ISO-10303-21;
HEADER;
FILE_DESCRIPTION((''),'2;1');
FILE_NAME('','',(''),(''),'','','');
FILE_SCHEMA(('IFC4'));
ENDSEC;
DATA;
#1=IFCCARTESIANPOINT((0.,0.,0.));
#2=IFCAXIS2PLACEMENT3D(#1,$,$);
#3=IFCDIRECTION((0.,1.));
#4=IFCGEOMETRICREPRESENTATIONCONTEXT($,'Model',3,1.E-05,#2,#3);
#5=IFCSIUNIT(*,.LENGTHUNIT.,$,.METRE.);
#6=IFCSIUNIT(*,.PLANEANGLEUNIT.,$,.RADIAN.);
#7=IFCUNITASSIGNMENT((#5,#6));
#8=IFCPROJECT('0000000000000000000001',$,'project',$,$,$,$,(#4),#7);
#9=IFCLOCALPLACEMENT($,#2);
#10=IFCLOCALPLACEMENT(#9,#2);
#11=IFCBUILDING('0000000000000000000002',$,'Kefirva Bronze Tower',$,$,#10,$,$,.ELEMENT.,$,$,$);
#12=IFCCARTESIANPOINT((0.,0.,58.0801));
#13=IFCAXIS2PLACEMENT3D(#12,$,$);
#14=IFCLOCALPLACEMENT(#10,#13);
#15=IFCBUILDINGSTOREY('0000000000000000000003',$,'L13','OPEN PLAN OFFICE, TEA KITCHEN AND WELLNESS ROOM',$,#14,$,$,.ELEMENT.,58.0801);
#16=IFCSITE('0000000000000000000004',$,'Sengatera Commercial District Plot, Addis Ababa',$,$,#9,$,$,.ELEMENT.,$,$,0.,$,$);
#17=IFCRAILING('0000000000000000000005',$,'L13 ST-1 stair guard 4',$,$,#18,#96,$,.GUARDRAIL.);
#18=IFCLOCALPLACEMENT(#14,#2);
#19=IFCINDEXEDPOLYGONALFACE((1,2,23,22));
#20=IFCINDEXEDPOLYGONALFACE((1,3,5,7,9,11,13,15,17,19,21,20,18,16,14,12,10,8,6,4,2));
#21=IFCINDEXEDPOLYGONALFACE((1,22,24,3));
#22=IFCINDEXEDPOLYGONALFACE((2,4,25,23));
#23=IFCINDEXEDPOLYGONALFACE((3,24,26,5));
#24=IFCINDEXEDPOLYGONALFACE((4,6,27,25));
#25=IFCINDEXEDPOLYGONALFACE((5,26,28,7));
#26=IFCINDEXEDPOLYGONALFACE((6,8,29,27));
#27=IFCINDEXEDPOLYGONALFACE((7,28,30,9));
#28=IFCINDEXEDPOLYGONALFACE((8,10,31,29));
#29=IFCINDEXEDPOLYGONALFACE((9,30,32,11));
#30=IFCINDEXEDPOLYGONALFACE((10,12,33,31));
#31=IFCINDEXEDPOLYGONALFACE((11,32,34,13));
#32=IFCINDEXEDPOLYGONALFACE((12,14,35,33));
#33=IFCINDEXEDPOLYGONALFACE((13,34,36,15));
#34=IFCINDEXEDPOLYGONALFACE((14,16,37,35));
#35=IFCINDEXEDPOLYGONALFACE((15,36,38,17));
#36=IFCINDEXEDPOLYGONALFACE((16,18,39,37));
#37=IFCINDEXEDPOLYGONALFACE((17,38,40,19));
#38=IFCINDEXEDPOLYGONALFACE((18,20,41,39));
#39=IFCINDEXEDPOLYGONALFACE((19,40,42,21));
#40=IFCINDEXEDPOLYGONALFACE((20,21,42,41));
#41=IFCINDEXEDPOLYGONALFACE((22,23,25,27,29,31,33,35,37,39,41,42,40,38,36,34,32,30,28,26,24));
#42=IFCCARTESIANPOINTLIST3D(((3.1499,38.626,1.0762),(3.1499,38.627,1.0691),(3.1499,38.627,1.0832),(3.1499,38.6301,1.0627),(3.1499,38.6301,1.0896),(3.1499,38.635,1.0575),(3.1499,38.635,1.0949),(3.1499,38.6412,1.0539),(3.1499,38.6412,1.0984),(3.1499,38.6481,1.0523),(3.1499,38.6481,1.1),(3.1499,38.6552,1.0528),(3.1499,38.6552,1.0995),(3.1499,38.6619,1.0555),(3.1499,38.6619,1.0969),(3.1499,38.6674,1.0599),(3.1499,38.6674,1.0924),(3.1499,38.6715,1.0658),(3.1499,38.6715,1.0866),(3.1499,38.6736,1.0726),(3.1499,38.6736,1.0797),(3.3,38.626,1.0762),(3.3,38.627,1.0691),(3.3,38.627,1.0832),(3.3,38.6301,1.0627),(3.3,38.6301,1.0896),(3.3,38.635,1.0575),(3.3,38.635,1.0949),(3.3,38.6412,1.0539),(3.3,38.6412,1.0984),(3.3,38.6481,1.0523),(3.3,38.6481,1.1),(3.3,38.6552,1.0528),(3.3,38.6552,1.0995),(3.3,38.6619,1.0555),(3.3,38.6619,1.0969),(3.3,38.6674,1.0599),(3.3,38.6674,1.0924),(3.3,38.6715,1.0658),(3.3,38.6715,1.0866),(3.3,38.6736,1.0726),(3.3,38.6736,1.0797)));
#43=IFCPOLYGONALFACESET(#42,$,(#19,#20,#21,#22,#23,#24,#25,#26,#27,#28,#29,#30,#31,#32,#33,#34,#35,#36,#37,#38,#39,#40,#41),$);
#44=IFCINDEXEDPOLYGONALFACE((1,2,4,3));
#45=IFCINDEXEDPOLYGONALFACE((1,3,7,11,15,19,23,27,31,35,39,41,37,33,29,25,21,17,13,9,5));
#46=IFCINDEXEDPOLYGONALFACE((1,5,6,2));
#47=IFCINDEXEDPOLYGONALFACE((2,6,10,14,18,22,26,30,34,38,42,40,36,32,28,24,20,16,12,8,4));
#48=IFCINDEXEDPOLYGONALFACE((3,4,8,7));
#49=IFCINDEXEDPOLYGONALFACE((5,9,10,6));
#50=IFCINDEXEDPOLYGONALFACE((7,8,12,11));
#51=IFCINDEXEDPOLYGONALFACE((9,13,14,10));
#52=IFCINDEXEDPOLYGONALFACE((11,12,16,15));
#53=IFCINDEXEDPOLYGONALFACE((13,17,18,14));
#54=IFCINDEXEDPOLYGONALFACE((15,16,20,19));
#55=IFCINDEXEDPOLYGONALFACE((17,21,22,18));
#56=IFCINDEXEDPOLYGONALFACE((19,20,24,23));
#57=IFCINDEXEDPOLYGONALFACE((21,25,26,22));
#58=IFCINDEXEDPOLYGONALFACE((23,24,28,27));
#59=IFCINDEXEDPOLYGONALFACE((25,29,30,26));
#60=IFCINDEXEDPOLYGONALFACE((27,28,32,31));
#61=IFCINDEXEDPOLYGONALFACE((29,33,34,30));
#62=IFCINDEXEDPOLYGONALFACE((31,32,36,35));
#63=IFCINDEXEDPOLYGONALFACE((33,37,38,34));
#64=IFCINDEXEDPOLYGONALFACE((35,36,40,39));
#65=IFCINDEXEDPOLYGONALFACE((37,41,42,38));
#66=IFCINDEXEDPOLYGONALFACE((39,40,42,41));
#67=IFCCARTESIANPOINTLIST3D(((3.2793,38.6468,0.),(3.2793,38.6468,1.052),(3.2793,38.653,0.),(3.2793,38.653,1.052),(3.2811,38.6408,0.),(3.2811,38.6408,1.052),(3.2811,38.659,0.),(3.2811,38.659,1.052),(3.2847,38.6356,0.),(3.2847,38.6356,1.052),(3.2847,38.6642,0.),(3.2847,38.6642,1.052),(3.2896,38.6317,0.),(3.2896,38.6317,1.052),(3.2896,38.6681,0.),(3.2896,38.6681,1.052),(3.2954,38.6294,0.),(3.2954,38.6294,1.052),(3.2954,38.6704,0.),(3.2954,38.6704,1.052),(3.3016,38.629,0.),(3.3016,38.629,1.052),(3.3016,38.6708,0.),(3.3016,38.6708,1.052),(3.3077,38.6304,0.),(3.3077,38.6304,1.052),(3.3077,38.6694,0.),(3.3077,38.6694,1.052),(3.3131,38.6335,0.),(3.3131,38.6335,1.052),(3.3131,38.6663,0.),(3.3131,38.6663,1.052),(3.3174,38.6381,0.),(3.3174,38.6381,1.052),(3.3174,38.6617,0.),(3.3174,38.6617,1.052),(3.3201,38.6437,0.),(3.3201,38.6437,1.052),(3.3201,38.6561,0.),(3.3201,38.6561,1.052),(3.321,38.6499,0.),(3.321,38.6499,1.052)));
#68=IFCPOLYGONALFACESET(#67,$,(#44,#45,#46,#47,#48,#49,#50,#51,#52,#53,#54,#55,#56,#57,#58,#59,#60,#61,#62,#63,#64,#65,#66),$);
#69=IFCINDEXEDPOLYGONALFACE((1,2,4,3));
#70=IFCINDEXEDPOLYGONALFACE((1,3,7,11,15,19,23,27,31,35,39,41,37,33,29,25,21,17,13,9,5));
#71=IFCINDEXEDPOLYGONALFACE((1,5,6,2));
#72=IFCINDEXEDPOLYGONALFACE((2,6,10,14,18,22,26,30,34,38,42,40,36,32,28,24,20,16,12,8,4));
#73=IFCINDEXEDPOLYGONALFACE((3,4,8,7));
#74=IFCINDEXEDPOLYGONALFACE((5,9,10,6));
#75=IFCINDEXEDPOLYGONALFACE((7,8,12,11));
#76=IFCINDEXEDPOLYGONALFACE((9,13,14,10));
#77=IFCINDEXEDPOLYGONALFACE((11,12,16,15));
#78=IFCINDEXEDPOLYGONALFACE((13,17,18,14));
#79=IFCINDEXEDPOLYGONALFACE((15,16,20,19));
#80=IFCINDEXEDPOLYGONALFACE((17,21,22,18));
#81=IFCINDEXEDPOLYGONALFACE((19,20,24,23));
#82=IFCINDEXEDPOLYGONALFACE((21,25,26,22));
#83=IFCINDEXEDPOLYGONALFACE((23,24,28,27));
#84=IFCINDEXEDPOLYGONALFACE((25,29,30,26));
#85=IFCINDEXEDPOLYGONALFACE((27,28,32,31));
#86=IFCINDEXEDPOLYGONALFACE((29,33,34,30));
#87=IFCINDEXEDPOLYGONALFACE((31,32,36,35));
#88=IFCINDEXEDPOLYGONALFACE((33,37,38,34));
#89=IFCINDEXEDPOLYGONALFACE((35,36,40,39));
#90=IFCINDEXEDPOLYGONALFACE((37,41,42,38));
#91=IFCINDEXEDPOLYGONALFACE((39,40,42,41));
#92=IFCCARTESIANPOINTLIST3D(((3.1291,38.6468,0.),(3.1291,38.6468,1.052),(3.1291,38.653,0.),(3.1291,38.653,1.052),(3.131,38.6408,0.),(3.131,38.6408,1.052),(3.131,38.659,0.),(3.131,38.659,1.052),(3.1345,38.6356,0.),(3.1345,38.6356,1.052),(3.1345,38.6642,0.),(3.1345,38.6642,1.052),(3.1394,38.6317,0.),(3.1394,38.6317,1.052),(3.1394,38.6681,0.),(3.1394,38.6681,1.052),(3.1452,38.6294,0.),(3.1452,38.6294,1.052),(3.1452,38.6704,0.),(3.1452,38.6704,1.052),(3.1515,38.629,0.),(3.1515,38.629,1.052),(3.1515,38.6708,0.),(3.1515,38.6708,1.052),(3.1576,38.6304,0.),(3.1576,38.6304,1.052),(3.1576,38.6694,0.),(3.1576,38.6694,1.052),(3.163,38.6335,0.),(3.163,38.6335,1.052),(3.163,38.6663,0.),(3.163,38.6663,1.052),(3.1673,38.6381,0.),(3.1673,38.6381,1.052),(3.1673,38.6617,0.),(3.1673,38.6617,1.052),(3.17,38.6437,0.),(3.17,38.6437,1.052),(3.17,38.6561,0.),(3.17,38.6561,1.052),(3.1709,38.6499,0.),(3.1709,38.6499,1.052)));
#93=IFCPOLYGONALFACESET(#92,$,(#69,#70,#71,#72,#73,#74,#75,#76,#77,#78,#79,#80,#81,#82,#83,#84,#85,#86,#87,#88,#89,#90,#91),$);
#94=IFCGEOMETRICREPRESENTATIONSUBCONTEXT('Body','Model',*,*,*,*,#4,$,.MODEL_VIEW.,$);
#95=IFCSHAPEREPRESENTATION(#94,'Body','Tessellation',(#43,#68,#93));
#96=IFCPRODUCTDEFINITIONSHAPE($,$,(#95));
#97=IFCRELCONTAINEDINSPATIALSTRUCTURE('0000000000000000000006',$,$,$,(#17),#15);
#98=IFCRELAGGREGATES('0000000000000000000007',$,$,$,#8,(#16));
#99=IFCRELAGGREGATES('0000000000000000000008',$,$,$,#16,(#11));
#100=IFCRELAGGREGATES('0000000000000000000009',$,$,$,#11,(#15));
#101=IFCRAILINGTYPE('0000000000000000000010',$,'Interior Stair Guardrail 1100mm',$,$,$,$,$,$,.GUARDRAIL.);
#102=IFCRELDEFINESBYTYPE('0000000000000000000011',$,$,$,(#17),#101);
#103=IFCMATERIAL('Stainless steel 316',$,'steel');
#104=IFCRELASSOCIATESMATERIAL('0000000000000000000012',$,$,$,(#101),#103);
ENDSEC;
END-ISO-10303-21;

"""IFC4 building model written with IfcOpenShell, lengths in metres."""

from ifc_helpers import new_model, si_unit, direction, frame, origin, origin_2d, place, context, subcontext, project, spatial, circle, extrude, material, type_object, element, save


model = new_model("IFC4")

# Units and contexts
model_context = context("Model", 3, precision=1e-05, world=origin(), true_north=direction((0.0, 1.0)))
body_context = subcontext(model_context, "Body", "Model", "MODEL_VIEW")
ifc_project = project(units=[si_unit("LENGTHUNIT", "METRE"), si_unit("PLANEANGLEUNIT", "RADIAN")], contexts=[model_context])

# Site, building, storey
site_placement = place(None, origin())
site = spatial("IfcSite", under=ifc_project, at=site_placement, Name="Sengatera Commercial District Plot, Addis Ababa", CompositionType="ELEMENT", RefElevation=0.0)
building_placement = place(site_placement, origin())
building = spatial("IfcBuilding", under=site, at=building_placement, Name="Kefirva Bronze Tower", CompositionType="ELEMENT")
storey_placement = place(building_placement, frame((0.0, 0.0, 58.0801)))
storey = spatial("IfcBuildingStorey", under=building, at=storey_placement, Name="L13", Description="OPEN PLAN OFFICE, TEA KITCHEN AND WELLNESS ROOM", CompositionType="ELEMENT", Elevation=58.0801)

# Shared definitions
ifc_material_1 = material(Name="Stainless steel 316", Category="steel")

# Railing
railing_type_1 = type_object("IfcRailingType", Name="Interior Stair Guardrail 1100mm", PredefinedType="GUARDRAIL", material=ifc_material_1)
railing_1_placement = place(storey_placement, frame((3.3, 38.6499, 0.0)))
element("IfcRailing", 1, at=railing_1_placement, inside=storey, type_object=railing_type_1, Name="L13 ST-1 stair guard 4", PredefinedType="GUARDRAIL", context=body_context, shape_type="SweptSolid", body=[
    extrude(circle(Radius=0.0239, at=origin_2d()), frame((0.0, 0.0, 1.0762), z_axis=(-1.0, 0.0, 0.0), x_axis=(0.0, -1.0, 0.0)), (0.0, 0.0, 1.0), 0.1501),
    extrude(circle(Radius=0.021, at=origin_2d()), origin(), (0.0, 0.0, 1.0), 1.052),
    extrude(circle(Radius=0.021, at=origin_2d()), frame((-0.1501, 0.0, 0.0)), (0.0, 0.0, 1.0), 1.052),
])

save(model, "model.ifc")
